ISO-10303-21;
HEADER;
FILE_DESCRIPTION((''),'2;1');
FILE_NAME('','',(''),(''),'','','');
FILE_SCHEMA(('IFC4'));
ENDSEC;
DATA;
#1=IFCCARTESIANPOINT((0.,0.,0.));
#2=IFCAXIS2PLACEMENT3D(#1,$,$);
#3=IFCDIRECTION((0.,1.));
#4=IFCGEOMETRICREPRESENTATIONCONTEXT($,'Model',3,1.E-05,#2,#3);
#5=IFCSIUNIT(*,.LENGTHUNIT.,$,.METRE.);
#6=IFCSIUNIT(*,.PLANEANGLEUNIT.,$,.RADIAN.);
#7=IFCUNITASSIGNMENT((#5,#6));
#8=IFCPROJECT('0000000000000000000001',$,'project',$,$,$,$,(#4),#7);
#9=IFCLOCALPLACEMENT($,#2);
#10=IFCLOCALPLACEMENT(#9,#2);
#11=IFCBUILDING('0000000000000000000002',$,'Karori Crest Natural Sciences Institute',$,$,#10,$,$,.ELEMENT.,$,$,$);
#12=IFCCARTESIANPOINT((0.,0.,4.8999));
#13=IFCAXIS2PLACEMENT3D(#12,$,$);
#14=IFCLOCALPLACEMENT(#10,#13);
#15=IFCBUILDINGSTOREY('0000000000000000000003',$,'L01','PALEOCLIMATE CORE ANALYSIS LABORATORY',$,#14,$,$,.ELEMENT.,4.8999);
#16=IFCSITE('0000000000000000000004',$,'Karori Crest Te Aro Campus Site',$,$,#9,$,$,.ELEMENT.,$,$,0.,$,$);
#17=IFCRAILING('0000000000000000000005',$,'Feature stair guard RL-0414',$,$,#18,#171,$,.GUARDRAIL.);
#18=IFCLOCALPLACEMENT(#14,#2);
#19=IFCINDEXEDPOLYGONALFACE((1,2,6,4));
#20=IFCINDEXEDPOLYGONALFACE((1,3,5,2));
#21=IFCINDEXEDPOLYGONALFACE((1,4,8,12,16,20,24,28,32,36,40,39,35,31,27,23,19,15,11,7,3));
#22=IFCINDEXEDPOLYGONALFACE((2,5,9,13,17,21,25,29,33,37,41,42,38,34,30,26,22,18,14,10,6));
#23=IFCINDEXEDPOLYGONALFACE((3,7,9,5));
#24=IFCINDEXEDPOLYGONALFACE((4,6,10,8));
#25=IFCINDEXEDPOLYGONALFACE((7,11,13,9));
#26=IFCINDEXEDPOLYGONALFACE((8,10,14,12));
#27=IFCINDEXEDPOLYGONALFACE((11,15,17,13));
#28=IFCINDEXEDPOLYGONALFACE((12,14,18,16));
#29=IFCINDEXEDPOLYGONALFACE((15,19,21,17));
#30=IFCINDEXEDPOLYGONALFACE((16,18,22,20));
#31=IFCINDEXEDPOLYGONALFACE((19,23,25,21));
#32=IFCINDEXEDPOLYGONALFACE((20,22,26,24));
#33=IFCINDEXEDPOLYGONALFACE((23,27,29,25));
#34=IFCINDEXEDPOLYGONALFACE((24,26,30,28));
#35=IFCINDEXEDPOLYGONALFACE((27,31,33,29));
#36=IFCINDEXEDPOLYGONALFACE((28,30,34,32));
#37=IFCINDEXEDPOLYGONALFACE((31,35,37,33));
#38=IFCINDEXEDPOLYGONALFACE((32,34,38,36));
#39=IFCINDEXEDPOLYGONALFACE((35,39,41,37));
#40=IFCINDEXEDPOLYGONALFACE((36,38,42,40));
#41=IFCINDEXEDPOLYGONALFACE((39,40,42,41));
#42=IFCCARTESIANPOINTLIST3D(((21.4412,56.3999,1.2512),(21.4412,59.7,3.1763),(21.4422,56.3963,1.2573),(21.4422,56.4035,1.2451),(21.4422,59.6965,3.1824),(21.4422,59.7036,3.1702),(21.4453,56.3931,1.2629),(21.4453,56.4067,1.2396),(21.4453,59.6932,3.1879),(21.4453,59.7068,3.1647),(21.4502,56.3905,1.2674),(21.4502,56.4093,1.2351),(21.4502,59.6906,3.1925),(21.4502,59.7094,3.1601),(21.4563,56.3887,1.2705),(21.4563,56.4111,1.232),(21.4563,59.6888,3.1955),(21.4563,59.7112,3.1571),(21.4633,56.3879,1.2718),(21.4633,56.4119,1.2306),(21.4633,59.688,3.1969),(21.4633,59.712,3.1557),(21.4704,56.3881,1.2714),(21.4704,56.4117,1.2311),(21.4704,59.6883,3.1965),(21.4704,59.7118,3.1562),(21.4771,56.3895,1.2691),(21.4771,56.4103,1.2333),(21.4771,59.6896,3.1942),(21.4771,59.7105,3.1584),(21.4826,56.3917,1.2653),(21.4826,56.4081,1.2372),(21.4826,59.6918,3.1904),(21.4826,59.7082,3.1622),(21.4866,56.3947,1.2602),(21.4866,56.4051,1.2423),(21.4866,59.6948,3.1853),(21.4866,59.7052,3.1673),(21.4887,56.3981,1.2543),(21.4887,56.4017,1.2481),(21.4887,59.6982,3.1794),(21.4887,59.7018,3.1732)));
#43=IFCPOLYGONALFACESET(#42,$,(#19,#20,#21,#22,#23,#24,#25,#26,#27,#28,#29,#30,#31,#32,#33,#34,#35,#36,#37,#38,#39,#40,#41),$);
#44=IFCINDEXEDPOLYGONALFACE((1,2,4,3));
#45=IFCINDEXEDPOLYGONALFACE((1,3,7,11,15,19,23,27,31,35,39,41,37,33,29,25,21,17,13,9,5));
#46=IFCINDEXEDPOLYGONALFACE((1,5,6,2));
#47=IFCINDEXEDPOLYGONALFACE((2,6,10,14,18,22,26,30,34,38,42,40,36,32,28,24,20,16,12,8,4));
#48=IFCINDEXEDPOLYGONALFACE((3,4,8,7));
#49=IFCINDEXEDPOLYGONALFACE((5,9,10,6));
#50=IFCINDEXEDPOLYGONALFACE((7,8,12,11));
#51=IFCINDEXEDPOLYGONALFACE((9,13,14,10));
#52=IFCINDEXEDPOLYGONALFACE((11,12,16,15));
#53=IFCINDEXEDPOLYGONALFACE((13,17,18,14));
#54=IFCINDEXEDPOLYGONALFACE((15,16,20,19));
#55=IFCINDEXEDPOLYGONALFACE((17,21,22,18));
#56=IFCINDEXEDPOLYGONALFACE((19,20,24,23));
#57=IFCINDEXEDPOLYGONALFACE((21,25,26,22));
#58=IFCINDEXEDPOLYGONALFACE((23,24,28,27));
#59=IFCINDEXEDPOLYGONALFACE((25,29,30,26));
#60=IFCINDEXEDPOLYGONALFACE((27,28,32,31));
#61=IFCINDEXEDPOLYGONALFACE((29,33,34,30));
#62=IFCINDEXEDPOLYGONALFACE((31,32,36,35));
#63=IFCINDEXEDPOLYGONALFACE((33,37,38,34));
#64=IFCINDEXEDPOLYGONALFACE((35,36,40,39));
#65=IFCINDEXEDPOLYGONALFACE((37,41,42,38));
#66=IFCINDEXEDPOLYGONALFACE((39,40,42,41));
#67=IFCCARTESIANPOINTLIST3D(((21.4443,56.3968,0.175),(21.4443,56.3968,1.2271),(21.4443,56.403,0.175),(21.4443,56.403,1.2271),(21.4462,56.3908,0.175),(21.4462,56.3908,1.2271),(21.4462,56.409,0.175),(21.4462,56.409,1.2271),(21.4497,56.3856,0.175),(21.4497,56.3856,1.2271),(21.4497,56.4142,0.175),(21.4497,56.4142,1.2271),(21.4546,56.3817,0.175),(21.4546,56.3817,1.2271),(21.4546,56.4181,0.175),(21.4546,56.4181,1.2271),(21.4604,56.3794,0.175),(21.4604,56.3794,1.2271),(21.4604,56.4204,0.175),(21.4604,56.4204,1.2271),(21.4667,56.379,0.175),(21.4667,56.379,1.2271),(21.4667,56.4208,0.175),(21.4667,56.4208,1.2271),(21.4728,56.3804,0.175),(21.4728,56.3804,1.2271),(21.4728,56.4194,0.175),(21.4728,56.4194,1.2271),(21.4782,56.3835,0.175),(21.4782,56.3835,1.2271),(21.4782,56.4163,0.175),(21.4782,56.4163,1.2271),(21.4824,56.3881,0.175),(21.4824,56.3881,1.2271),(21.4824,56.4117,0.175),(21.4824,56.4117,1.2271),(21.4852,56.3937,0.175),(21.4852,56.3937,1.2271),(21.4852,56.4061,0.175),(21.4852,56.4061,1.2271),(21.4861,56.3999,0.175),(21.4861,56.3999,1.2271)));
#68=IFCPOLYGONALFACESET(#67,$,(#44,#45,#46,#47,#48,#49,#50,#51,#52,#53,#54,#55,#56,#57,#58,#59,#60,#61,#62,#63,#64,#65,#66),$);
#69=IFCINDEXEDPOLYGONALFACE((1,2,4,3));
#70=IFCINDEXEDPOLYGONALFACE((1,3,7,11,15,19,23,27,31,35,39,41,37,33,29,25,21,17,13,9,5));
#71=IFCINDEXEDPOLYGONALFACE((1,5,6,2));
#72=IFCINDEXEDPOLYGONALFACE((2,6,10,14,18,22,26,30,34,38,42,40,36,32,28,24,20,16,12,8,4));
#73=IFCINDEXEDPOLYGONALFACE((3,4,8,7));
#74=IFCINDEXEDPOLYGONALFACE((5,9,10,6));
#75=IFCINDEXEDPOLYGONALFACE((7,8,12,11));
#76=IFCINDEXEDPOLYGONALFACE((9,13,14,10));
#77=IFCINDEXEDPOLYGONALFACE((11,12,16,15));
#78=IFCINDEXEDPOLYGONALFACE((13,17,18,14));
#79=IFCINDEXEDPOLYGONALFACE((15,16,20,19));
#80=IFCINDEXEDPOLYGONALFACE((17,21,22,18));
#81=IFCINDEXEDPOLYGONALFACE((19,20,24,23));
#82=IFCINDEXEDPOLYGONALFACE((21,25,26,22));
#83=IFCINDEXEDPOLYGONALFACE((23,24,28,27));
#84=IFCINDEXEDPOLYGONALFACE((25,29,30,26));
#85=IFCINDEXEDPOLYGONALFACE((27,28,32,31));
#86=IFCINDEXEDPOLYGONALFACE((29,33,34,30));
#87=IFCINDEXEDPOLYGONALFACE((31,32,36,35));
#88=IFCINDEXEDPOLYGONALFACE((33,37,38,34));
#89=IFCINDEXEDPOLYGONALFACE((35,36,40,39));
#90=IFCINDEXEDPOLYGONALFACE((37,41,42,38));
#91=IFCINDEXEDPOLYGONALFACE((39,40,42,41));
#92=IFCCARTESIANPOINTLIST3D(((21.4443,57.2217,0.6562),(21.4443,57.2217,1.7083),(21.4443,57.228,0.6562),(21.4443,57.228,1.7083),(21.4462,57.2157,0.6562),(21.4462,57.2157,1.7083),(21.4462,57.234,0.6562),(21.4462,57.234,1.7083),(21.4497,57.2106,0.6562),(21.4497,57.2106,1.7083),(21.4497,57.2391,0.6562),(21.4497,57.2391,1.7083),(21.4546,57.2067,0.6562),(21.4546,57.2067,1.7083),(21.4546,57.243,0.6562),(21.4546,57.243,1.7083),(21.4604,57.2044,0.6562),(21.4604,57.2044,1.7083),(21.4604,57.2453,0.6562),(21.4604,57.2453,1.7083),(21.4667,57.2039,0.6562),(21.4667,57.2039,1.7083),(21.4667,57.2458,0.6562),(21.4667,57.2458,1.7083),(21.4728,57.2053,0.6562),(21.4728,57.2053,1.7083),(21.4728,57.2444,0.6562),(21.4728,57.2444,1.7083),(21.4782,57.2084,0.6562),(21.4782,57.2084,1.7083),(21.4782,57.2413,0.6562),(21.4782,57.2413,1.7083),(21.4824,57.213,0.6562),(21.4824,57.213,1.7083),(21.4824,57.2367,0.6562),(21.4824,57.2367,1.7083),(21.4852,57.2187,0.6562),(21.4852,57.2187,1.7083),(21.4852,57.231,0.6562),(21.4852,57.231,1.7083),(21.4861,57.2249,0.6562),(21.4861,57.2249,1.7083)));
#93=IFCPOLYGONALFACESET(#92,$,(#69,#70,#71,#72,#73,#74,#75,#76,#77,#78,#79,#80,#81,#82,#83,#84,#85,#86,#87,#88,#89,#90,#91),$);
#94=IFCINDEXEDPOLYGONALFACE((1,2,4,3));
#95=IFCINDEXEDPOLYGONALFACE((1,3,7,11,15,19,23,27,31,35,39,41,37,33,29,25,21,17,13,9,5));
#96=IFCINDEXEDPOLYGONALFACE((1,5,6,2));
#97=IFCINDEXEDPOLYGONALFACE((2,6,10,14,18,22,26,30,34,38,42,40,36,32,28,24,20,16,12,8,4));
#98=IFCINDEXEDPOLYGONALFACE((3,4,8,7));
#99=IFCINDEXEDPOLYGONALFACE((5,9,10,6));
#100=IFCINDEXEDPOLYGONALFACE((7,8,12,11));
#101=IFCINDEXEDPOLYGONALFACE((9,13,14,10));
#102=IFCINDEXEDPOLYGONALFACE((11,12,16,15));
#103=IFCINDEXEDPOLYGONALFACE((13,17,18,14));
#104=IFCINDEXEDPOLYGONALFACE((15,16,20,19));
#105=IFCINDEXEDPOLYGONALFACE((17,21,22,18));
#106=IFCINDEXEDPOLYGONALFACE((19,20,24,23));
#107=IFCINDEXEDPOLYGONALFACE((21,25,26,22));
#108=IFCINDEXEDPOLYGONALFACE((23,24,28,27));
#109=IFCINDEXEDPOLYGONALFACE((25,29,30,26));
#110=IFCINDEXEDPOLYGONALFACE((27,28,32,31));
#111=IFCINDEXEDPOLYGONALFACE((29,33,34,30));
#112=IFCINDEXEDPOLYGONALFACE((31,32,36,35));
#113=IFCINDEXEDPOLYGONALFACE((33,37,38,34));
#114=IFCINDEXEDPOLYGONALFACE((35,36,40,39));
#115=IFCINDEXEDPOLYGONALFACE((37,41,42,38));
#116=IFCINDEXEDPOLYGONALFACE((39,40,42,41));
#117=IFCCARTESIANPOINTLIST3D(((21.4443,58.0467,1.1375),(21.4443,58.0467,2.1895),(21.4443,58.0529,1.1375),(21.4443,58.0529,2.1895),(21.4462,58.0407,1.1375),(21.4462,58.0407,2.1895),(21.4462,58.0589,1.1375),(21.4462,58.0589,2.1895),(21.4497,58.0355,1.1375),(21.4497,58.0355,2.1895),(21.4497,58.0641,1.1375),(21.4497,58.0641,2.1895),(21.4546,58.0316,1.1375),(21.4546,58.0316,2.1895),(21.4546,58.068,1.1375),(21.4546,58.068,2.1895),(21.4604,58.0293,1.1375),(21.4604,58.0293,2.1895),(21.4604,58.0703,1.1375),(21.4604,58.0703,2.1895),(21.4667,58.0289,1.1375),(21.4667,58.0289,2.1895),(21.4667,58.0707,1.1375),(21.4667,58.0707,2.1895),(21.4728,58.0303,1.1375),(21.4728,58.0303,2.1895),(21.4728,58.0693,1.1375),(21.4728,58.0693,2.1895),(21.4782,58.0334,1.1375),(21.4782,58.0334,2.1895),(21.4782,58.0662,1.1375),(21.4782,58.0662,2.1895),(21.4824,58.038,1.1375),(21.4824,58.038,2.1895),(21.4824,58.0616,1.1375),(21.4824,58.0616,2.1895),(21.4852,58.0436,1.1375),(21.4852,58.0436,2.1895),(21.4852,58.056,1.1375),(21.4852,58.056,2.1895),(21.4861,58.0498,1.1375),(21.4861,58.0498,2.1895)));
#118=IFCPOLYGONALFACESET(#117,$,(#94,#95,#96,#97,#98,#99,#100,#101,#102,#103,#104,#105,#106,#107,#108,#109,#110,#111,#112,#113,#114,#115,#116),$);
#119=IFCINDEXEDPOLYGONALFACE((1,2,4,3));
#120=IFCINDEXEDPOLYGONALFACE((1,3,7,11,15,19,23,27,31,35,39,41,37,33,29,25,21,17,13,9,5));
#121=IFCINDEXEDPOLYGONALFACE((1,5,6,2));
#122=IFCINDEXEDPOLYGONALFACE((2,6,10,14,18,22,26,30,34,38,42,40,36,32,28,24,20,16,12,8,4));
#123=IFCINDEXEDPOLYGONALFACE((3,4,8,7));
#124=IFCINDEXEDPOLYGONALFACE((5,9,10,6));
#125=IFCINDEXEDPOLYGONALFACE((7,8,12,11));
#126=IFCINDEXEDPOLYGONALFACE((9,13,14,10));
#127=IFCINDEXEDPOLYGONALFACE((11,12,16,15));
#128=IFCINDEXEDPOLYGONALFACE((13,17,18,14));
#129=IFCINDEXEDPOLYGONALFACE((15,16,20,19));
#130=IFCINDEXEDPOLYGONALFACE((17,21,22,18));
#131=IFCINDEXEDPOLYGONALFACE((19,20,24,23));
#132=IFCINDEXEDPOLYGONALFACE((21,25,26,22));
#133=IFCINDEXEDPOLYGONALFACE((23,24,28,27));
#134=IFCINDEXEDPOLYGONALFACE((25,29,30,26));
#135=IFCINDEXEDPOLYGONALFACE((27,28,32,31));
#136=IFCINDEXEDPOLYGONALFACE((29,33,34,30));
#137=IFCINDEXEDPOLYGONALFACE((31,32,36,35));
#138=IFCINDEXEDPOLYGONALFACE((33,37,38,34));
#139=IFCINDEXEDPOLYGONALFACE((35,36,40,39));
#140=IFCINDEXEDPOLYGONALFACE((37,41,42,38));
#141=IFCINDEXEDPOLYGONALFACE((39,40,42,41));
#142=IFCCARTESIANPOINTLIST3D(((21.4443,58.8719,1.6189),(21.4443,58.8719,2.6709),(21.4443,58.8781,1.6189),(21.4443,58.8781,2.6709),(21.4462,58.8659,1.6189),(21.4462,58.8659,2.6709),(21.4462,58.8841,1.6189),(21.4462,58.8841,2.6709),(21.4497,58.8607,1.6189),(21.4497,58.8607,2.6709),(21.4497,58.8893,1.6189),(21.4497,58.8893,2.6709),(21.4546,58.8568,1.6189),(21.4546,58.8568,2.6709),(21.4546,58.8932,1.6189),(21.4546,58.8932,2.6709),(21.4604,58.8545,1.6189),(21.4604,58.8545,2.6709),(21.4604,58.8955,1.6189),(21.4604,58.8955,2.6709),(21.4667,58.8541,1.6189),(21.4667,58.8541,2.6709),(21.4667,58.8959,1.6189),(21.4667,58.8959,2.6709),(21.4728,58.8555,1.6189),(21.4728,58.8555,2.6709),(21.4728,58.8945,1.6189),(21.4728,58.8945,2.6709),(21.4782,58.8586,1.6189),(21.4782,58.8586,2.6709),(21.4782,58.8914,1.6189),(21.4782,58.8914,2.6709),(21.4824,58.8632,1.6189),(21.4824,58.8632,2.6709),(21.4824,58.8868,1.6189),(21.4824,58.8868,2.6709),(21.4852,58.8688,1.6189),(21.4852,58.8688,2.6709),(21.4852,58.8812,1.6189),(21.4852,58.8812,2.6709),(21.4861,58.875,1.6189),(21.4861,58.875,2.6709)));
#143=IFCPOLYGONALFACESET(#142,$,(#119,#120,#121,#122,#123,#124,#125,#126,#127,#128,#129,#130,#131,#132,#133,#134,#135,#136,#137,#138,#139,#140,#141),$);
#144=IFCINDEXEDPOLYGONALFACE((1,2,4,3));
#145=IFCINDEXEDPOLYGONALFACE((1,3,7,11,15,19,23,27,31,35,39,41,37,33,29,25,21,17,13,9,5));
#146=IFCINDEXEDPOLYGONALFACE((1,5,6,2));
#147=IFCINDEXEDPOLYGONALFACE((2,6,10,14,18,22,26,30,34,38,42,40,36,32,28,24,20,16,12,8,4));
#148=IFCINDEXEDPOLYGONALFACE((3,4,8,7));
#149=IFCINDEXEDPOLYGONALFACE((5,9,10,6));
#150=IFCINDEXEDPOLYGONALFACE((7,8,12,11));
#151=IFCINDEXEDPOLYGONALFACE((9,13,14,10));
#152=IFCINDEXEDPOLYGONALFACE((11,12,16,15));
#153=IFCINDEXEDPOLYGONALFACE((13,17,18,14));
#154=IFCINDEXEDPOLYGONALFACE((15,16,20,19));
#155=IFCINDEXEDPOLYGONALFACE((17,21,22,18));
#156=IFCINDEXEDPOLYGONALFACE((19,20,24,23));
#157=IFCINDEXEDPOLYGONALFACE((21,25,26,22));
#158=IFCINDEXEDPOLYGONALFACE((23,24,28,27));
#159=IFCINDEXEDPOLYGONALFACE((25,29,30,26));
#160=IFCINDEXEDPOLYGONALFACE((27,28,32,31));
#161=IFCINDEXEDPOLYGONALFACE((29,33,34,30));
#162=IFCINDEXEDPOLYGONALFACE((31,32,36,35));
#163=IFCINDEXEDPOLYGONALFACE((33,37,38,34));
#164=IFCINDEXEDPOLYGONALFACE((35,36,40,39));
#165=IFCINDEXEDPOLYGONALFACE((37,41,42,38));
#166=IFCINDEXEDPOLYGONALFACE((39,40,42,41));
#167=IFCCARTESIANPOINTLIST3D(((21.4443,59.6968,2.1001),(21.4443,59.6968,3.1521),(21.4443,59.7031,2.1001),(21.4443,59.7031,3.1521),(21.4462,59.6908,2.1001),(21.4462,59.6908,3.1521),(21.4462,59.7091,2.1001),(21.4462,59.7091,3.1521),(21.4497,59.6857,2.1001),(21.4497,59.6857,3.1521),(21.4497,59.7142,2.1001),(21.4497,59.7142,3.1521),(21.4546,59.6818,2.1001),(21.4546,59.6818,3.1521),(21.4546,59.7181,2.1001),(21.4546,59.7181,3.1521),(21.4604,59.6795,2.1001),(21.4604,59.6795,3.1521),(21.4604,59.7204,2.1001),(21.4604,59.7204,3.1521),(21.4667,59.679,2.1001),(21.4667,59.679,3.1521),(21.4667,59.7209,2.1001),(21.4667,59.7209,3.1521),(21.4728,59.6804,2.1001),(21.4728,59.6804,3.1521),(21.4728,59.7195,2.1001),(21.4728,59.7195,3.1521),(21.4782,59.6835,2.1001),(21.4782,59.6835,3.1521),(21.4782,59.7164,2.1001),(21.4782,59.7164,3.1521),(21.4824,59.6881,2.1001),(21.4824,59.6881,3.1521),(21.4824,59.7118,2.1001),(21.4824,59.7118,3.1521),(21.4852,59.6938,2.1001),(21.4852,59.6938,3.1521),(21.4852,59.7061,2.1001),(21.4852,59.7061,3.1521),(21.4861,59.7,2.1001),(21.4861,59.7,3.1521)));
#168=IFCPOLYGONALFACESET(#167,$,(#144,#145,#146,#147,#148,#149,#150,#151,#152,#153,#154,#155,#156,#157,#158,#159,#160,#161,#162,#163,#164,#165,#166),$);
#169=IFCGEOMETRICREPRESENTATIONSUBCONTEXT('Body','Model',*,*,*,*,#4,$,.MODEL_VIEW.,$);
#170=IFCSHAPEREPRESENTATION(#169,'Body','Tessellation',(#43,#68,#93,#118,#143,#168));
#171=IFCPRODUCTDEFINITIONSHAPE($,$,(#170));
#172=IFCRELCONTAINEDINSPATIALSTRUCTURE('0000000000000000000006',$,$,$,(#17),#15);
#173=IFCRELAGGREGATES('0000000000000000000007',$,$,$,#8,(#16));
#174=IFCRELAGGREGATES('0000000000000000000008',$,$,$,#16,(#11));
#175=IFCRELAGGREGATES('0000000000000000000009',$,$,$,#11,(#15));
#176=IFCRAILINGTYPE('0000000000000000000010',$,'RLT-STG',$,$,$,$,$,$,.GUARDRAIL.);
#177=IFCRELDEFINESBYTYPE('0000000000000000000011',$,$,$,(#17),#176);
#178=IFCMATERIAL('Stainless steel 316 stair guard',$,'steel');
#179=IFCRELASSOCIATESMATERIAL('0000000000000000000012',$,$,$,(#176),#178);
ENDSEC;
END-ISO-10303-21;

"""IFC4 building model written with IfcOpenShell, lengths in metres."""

from ifc_helpers import new_model, si_unit, direction, frame, origin, origin_2d, place, context, subcontext, project, spatial, circle, extrude, material, type_object, element, save


model = new_model("IFC4")

# Units and contexts
model_context = context("Model", 3, precision=1e-05, world=origin(), true_north=direction((0.0, 1.0)))
body_context = subcontext(model_context, "Body", "Model", "MODEL_VIEW")
ifc_project = project(units=[si_unit("LENGTHUNIT", "METRE"), si_unit("PLANEANGLEUNIT", "RADIAN")], contexts=[model_context])

# Site, building, storey
site_placement = place(None, origin())
site = spatial("IfcSite", under=ifc_project, at=site_placement, Name="Karori Crest Te Aro Campus Site", CompositionType="ELEMENT", RefElevation=0.0)
building_placement = place(site_placement, origin())
building = spatial("IfcBuilding", under=site, at=building_placement, Name="Karori Crest Natural Sciences Institute", CompositionType="ELEMENT")
storey_placement = place(building_placement, frame((0.0, 0.0, 4.8999)))
storey = spatial("IfcBuildingStorey", under=building, at=storey_placement, Name="L01", Description="PALEOCLIMATE CORE ANALYSIS LABORATORY", CompositionType="ELEMENT", Elevation=4.8999)

# Railing
ifc_material_1 = material(Name="Stainless steel 316 stair guard", Category="steel")
railing_type = type_object("IfcRailingType", Name="RLT-STG", PredefinedType="GUARDRAIL", material=ifc_material_1)
railing_1_placement = place(storey_placement, frame((21.4651, 56.3999, 0.175)))
element("IfcRailing", 1, at=railing_1_placement, inside=storey, type_object=railing_type, Name="Feature stair guard RL-0414", PredefinedType="GUARDRAIL", context=body_context, shape_type="SweptSolid", body=[
    extrude(circle(Radius=0.0239, at=origin_2d()), frame((0.0, 0.0, 1.0762), z_axis=(0.0, 0.863777, 0.503875), x_axis=(-1.0, 0.0, 0.0)), (0.0, 0.0, 1.0), 3.8206),
    extrude(circle(Radius=0.021, at=origin_2d()), origin(), (0.0, 0.0, 1.0), 1.052),
    extrude(circle(Radius=0.021, at=origin_2d()), frame((0.0, 0.825, 0.4812)), (0.0, 0.0, 1.0), 1.052),
    extrude(circle(Radius=0.021, at=origin_2d()), frame((0.0, 1.6499, 0.9624)), (0.0, 0.0, 1.0), 1.052),
    extrude(circle(Radius=0.021, at=origin_2d()), frame((0.0, 2.4751, 1.4438)), (0.0, 0.0, 1.0), 1.052),
    extrude(circle(Radius=0.021, at=origin_2d()), frame((0.0, 3.3, 1.925)), (0.0, 0.0, 1.0), 1.052),
])

save(model, "model.ifc")
